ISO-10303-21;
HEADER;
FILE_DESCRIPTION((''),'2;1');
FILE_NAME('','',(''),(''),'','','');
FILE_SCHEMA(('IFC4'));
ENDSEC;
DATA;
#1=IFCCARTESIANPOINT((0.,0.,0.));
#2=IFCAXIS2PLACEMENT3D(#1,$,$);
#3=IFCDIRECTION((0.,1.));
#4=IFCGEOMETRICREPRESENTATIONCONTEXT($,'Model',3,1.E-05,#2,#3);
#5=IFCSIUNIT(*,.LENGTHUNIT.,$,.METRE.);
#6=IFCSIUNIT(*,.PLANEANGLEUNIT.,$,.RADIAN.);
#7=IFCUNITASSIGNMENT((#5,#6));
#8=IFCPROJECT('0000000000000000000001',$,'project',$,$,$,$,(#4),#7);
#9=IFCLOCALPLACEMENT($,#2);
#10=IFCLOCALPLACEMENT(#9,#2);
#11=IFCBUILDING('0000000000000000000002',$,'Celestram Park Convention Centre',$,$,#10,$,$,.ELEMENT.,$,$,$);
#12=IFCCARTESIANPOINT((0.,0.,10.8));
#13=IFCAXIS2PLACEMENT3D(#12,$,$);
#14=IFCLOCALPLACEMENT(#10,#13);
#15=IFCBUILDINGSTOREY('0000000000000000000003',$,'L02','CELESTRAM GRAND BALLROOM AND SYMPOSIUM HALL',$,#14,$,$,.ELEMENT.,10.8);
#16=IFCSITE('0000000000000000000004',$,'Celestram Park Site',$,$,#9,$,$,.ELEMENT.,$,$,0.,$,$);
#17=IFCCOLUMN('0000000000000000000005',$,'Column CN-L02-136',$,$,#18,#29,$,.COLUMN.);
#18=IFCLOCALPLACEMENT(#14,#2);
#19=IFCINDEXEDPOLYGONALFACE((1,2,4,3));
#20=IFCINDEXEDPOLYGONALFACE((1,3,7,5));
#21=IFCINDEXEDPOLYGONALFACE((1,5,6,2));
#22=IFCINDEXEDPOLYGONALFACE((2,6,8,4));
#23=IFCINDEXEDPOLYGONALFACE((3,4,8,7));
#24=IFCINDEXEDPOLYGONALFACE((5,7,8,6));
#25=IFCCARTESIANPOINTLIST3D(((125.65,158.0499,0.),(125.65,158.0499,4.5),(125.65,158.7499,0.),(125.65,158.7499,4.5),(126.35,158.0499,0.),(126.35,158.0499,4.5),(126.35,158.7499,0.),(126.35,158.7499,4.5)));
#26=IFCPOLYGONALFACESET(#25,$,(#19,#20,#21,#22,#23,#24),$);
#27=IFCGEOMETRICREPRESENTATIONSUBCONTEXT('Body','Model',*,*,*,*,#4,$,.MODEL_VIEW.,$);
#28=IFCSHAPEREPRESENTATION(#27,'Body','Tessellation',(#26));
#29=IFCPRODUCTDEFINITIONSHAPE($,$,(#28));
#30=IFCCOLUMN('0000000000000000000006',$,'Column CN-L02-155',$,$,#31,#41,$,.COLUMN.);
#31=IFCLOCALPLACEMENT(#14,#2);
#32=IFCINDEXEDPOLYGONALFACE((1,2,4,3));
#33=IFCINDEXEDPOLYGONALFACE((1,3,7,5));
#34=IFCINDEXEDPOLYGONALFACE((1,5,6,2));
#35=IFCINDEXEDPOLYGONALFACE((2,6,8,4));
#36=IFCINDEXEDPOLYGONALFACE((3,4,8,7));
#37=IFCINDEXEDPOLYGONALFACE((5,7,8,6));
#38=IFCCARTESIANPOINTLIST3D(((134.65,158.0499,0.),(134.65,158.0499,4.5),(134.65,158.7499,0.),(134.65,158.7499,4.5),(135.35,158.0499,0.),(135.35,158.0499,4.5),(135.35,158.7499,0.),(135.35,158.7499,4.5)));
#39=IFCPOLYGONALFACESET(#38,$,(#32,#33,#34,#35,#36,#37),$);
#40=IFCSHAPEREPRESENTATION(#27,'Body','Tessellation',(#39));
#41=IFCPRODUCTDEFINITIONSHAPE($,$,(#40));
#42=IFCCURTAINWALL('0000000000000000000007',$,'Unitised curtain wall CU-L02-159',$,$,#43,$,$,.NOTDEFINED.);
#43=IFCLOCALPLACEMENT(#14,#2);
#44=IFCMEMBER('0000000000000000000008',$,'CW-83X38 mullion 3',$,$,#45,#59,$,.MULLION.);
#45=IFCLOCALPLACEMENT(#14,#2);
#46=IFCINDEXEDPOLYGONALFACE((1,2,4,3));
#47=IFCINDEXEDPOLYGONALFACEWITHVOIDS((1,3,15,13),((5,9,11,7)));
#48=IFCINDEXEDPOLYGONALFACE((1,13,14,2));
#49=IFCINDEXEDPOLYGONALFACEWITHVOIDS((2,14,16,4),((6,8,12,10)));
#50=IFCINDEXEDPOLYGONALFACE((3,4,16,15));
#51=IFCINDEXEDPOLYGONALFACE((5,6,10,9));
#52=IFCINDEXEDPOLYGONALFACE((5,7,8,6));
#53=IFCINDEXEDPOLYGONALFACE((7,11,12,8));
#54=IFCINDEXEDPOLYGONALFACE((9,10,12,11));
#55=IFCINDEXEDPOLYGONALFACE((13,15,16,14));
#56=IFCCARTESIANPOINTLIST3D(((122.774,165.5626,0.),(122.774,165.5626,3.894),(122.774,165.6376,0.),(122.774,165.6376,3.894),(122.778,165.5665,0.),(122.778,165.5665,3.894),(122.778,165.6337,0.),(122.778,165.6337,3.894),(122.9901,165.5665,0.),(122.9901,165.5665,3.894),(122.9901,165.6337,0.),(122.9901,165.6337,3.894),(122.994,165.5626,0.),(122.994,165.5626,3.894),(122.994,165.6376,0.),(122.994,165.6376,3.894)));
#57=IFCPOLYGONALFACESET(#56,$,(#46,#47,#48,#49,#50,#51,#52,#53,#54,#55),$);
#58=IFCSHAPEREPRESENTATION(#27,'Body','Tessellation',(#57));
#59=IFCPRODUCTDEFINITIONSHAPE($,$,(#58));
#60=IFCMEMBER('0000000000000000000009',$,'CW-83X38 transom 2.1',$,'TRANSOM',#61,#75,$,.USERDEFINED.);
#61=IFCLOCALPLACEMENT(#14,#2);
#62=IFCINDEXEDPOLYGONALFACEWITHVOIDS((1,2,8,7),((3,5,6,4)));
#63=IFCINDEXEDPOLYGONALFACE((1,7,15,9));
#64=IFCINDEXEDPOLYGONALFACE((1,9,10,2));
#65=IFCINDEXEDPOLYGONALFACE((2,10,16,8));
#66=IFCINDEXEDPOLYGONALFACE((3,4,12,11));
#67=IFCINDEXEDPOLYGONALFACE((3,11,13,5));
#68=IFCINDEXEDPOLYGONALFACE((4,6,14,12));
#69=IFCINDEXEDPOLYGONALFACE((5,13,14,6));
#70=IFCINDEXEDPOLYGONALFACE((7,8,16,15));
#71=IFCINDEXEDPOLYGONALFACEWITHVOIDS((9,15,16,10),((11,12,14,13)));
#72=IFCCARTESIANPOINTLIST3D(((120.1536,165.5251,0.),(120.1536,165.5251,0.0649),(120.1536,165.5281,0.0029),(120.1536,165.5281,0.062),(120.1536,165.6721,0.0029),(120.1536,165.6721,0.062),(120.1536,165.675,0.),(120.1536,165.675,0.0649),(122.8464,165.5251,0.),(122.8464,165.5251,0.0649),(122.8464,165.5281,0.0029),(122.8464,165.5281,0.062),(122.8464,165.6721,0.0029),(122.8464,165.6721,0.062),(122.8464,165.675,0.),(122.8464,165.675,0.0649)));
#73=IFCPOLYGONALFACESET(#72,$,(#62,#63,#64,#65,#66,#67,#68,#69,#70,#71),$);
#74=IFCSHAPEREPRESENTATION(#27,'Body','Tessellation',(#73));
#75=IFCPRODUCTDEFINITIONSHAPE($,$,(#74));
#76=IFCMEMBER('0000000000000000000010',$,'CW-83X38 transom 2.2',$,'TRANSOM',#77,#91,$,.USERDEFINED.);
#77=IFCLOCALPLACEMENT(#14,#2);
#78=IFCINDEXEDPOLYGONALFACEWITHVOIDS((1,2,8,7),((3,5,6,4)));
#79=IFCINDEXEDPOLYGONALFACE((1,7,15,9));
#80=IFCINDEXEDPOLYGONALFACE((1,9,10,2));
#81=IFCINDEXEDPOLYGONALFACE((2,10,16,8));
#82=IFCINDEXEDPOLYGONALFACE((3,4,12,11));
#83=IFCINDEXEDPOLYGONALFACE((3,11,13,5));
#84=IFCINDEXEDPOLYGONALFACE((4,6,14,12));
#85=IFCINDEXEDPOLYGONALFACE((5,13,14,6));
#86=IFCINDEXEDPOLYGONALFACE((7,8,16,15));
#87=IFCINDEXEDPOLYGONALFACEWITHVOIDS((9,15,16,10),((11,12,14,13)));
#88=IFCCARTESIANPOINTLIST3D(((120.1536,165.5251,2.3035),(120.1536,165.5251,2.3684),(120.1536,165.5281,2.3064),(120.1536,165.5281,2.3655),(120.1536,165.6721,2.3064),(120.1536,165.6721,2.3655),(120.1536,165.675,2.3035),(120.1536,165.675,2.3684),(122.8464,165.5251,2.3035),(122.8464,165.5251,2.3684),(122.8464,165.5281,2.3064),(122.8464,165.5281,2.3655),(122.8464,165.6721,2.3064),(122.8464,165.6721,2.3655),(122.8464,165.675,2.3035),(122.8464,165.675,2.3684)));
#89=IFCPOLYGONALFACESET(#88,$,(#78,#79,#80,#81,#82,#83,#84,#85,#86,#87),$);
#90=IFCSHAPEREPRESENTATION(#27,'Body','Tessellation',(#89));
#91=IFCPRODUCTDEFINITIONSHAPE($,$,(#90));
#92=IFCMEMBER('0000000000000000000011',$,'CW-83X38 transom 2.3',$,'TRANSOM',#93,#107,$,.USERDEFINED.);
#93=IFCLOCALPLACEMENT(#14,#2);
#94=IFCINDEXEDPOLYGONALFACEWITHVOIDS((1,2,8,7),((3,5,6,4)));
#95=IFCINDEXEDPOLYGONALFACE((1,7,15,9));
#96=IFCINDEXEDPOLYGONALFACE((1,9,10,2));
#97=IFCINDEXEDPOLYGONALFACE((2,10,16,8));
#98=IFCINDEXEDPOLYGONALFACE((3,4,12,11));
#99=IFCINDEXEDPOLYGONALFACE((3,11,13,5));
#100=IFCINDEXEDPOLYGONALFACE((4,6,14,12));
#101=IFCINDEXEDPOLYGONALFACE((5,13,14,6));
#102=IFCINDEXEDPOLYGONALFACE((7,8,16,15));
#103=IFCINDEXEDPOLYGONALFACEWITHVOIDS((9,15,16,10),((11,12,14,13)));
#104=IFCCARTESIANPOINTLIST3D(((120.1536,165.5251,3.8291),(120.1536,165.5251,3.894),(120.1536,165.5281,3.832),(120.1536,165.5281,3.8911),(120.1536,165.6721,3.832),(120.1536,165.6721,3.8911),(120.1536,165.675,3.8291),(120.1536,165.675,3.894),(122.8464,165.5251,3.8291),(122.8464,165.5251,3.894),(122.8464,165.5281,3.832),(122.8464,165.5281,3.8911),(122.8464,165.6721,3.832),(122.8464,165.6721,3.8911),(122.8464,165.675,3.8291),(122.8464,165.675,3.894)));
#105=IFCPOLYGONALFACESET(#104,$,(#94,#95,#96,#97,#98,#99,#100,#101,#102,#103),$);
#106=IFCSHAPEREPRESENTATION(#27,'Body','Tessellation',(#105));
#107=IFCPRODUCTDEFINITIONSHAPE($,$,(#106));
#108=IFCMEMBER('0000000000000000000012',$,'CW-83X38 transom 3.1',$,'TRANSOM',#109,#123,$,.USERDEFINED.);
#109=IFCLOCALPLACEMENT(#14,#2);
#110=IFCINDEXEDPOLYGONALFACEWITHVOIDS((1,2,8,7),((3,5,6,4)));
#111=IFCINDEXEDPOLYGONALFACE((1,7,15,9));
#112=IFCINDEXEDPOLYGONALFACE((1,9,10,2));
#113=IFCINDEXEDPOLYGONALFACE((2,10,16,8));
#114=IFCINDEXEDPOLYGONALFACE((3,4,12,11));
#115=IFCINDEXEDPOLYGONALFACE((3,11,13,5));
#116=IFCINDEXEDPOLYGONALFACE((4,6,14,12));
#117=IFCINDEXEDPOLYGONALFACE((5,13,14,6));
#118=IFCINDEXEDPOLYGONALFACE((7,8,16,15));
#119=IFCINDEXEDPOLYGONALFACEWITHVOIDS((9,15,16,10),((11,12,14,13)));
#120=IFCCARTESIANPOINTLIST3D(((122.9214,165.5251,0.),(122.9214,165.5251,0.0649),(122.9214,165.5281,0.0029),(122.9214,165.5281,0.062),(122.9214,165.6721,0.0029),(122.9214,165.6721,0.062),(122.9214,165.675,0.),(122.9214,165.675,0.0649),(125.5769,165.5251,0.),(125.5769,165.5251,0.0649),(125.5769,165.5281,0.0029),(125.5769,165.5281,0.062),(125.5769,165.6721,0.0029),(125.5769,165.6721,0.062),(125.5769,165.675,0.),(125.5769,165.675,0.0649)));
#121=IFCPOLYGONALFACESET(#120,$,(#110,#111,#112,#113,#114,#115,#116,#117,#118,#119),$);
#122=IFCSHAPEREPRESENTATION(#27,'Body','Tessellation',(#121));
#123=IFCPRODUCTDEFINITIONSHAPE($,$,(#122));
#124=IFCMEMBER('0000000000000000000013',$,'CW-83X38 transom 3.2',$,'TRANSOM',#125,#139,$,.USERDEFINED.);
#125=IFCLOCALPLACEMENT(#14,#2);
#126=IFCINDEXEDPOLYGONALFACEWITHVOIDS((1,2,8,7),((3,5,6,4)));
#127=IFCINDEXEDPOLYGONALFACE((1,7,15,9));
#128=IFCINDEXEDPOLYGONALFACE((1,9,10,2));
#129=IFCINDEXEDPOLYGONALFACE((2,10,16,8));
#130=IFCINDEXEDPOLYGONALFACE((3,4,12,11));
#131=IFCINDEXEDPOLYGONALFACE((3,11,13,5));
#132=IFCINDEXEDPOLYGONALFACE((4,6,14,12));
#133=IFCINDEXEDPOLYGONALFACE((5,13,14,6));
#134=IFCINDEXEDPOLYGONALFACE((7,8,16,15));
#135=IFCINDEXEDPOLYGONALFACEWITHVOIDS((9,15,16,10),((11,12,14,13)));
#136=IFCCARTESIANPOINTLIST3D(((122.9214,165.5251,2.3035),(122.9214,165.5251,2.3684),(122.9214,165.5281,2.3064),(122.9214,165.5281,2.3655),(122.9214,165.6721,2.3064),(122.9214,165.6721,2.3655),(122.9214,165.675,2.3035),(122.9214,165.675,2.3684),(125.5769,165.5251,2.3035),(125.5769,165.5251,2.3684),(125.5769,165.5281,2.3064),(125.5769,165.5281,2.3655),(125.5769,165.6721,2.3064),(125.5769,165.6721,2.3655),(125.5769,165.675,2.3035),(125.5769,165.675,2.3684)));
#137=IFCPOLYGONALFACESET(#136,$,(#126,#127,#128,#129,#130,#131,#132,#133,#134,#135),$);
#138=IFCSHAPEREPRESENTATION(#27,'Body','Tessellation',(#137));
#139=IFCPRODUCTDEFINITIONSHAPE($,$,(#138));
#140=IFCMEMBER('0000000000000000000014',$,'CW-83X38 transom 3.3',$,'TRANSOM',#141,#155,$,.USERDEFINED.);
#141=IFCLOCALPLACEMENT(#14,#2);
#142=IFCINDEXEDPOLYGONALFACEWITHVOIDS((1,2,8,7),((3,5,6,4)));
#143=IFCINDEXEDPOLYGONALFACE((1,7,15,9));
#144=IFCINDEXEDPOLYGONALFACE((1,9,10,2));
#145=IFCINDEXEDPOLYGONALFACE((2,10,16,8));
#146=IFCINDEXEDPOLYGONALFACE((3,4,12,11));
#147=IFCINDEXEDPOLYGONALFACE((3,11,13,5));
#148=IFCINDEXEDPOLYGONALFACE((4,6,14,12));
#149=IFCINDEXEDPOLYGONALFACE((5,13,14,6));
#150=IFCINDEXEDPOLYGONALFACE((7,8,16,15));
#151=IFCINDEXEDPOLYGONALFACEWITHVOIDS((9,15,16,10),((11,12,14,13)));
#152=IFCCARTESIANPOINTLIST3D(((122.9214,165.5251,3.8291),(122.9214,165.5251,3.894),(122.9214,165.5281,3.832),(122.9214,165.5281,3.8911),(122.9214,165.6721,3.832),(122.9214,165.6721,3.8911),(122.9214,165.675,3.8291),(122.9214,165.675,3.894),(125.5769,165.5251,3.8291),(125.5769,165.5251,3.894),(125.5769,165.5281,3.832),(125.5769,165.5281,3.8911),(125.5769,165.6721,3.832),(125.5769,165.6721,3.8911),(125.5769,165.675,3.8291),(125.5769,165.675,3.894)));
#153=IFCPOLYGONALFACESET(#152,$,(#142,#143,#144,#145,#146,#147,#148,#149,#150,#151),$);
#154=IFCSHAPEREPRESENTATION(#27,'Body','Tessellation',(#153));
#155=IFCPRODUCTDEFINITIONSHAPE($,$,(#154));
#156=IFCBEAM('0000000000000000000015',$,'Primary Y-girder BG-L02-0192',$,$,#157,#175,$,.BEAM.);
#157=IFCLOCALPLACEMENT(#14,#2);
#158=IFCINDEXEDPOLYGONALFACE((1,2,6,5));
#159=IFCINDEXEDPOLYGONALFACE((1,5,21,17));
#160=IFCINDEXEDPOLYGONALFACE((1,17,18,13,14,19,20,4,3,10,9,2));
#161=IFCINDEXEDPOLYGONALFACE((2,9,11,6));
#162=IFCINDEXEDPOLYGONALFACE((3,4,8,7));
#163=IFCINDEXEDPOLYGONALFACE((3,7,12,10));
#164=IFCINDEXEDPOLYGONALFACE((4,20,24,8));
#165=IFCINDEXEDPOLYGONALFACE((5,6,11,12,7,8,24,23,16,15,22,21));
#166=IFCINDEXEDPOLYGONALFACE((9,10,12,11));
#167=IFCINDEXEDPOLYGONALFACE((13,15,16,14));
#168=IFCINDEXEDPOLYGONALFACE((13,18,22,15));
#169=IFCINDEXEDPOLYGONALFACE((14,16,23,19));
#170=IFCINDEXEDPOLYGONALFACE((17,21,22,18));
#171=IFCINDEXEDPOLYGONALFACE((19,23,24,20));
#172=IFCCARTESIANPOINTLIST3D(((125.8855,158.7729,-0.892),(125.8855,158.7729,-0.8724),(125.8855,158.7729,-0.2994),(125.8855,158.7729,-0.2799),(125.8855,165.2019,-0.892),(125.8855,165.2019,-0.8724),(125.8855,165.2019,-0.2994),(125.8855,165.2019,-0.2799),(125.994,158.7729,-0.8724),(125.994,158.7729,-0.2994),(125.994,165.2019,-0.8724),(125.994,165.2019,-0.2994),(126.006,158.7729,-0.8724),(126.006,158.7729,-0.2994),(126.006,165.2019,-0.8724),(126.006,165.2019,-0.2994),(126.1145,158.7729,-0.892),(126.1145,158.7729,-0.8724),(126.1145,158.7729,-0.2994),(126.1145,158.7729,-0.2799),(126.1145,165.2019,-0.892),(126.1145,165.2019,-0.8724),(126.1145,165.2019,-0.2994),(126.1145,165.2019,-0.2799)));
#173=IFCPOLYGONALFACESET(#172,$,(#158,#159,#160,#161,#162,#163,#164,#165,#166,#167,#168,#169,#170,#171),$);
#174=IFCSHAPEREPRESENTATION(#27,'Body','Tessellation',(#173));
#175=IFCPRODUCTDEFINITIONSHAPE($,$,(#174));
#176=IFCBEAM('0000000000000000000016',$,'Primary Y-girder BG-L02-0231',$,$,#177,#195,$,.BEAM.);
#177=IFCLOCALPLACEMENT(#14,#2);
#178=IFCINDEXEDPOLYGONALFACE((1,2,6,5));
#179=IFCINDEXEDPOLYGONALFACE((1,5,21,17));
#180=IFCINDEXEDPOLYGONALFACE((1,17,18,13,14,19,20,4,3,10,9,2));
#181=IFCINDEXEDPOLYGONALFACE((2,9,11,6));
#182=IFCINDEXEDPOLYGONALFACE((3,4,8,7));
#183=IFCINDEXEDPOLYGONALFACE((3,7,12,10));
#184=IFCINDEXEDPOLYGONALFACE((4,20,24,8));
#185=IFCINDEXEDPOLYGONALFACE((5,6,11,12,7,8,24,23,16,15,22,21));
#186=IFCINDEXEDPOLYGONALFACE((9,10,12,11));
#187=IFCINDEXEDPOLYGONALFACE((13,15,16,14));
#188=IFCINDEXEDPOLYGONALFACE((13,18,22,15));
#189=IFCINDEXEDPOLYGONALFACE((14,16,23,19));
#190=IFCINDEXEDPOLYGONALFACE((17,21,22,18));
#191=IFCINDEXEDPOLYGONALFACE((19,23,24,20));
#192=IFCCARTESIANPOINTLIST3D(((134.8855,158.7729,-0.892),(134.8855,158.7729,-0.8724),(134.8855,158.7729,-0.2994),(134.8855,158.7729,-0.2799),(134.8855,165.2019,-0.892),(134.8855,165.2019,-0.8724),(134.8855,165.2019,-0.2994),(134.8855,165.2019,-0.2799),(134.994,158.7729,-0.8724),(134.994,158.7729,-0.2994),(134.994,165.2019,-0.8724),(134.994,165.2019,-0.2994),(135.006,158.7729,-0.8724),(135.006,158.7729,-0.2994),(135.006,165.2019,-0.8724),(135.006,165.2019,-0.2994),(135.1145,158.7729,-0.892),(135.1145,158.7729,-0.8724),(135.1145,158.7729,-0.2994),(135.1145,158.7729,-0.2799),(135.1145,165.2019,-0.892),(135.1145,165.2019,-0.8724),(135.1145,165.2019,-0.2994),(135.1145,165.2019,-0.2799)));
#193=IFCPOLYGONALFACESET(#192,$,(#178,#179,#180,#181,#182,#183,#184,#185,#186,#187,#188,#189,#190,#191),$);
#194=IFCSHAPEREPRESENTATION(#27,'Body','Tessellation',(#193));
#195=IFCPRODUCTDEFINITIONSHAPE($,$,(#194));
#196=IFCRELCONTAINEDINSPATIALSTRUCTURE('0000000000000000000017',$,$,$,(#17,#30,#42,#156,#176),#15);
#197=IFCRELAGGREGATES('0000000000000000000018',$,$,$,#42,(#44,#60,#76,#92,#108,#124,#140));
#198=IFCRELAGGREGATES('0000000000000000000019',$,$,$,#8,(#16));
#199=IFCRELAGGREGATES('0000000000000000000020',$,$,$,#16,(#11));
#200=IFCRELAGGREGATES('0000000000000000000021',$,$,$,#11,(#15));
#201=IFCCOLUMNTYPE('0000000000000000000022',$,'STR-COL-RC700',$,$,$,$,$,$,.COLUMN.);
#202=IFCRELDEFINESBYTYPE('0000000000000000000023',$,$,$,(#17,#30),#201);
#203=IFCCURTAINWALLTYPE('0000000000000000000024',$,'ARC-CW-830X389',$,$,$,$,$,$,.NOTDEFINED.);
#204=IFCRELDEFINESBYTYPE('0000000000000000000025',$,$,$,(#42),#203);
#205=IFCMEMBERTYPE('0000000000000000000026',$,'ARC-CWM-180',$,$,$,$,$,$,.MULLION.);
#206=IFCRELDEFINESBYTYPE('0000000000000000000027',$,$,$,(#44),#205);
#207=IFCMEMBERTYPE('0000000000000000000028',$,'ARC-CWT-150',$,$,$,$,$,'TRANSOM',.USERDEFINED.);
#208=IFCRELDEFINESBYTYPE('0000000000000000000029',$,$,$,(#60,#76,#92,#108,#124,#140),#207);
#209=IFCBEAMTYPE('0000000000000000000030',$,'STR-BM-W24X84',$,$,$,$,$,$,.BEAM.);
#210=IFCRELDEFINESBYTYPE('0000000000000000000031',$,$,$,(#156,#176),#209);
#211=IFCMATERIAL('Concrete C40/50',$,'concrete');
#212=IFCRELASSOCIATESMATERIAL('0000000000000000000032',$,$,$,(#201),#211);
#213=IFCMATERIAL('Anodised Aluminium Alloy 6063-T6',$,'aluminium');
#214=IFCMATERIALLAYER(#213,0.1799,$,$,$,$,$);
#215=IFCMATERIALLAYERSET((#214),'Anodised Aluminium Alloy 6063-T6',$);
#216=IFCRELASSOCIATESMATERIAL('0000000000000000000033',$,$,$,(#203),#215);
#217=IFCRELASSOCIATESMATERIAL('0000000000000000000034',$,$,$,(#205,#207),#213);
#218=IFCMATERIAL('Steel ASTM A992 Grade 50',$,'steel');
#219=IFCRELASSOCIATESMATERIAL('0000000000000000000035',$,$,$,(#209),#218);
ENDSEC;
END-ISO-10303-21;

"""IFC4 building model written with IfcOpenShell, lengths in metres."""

from ifc_helpers import new_model, si_unit, direction, frame, origin, origin_2d, place, context, subcontext, project, spatial, rectangle, hollow_rectangle, i_section, extrude, material, layer, layer_set, material_profile, profile_set, type_object, element, aggregate, save


model = new_model("IFC4")

# Units and contexts
model_context = context("Model", 3, precision=1e-05, world=origin(), true_north=direction((0.0, 1.0)))
body_context = subcontext(model_context, "Body", "Model", "MODEL_VIEW")
ifc_project = project(units=[si_unit("LENGTHUNIT", "METRE"), si_unit("PLANEANGLEUNIT", "RADIAN")], contexts=[model_context])

# Site, building, storey
site_placement = place(None, origin())
site = spatial("IfcSite", under=ifc_project, at=site_placement, Name="Celestram Park Site", CompositionType="ELEMENT", RefElevation=0.0)
building_placement = place(site_placement, origin())
building = spatial("IfcBuilding", under=site, at=building_placement, Name="Celestram Park Convention Centre", CompositionType="ELEMENT")
storey_placement = place(building_placement, frame((0.0, 0.0, 10.8)))
storey = spatial("IfcBuildingStorey", under=building, at=storey_placement, Name="L02", Description="CELESTRAM GRAND BALLROOM AND SYMPOSIUM HALL", CompositionType="ELEMENT", Elevation=10.8)

# Columns
ifc_material_1 = material(Name="Concrete C40/50", Category="concrete")
ifc_material_profile_1 = material_profile(ifc_material_1, rectangle(XDim=0.7, YDim=0.7, at=origin_2d()), Name="RC700X700")
ifc_profile_set_1 = profile_set([ifc_material_profile_1], Name="Concrete C40/50")
column_type = type_object("IfcColumnType", Name="STR-COL-RC700", PredefinedType="COLUMN", material=ifc_profile_set_1)
for number, where, z_axis, x_axis, name in (
    (1, (126.0, 158.3999, 0.0), (0.0, 0.0, 1.0), (1.0, 0.0, 0.0), "Column CN-L02-136"),
    (2, (135.0, 158.3999, 0.0), (0.0, 0.0, 1.0), (1.0, 0.0, 0.0), "Column CN-L02-155"),
):
    element("IfcColumn", number, at=place(storey_placement, frame(where, z_axis=z_axis, x_axis=x_axis)), inside=storey, type_object=column_type, Name=name, PredefinedType="COLUMN", context=body_context, shape_type="SweptSolid", body=[
        extrude(rectangle(XDim=0.7, YDim=0.7, at=origin_2d()), origin(), (0.0, 0.0, 1.0), 4.5),
    ])

# Curtain wall, members
ifc_material_2 = material(Name="Anodised Aluminium Alloy 6063-T6", Category="aluminium")
ifc_layer_1 = layer(ifc_material_2, 0.1799)
ifc_layer_set_1 = layer_set([ifc_layer_1], Name="Anodised Aluminium Alloy 6063-T6")
curtain_wall_type = type_object("IfcCurtainWallType", Name="ARC-CW-830X389", PredefinedType="NOTDEFINED", material=ifc_layer_set_1)
curtain_wall_placement = place(storey_placement, origin())
curtain_wall = element("IfcCurtainWall", 3, at=curtain_wall_placement, inside=storey, type_object=curtain_wall_type, Name="Unitised curtain wall CU-L02-159", PredefinedType="NOTDEFINED")
ifc_material_profile_2 = material_profile(ifc_material_2, hollow_rectangle(XDim=0.075, YDim=0.22, WallThickness=0.0039, at=origin_2d()), Name="ALU75X220X4")
ifc_profile_set_2 = profile_set([ifc_material_profile_2], Name="Anodised Aluminium Alloy 6063-T6")
member_type_1 = type_object("IfcMemberType", Name="ARC-CWM-180", PredefinedType="MULLION", material=ifc_profile_set_2)
member_1_placement = place(storey_placement, frame((122.884, 165.6001, 0.0), z_axis=(0.0, 0.0, 1.0), x_axis=(0.0, 1.0, 0.0)))
member_1 = element("IfcMember", 4, at=member_1_placement, type_object=member_type_1, Name="CW-83X38 mullion 3", PredefinedType="MULLION", context=body_context, shape_type="SweptSolid", body=[
    extrude(hollow_rectangle(XDim=0.075, YDim=0.22, WallThickness=0.0039, at=origin_2d()), origin(), (0.0, 0.0, 1.0), 3.894),
])
ifc_material_profile_3 = material_profile(ifc_material_2, hollow_rectangle(XDim=0.1499, YDim=0.0649, WallThickness=0.0029, at=origin_2d()), Name="ALU150X65X3")
ifc_profile_set_3 = profile_set([ifc_material_profile_3], Name="Anodised Aluminium Alloy 6063-T6")
member_type_2 = type_object("IfcMemberType", Name="ARC-CWT-150", ElementType="TRANSOM", PredefinedType="USERDEFINED", material=ifc_profile_set_3)
member_2_placement = place(storey_placement, frame((120.1536, 165.6001, 0.0325), z_axis=(1.0, 0.0, 0.0), x_axis=(0.0, 1.0, 0.0)))
member_2 = element("IfcMember", 5, at=member_2_placement, type_object=member_type_2, Name="CW-83X38 transom 2.1", ObjectType="TRANSOM", PredefinedType="USERDEFINED", context=body_context, shape_type="SweptSolid", body=[
    extrude(hollow_rectangle(XDim=0.1499, YDim=0.0649, WallThickness=0.0029, at=origin_2d()), origin(), (0.0, 0.0, 1.0), 2.6929),
])
member_3_placement = place(storey_placement, frame((120.1536, 165.6001, 2.3359), z_axis=(1.0, 0.0, 0.0), x_axis=(0.0, 1.0, 0.0)))
member_3 = element("IfcMember", 6, at=member_3_placement, type_object=member_type_2, Name="CW-83X38 transom 2.2", ObjectType="TRANSOM", PredefinedType="USERDEFINED", context=body_context, shape_type="SweptSolid", body=[
    extrude(hollow_rectangle(XDim=0.1499, YDim=0.0649, WallThickness=0.0029, at=origin_2d()), origin(), (0.0, 0.0, 1.0), 2.6929),
])
member_4_placement = place(storey_placement, frame((120.1536, 165.6001, 3.8616), z_axis=(1.0, 0.0, 0.0), x_axis=(0.0, 1.0, 0.0)))
member_4 = element("IfcMember", 7, at=member_4_placement, type_object=member_type_2, Name="CW-83X38 transom 2.3", ObjectType="TRANSOM", PredefinedType="USERDEFINED", context=body_context, shape_type="SweptSolid", body=[
    extrude(hollow_rectangle(XDim=0.1499, YDim=0.0649, WallThickness=0.0029, at=origin_2d()), origin(), (0.0, 0.0, 1.0), 2.6929),
])
member_5_placement = place(storey_placement, frame((122.9214, 165.6001, 0.0325), z_axis=(1.0, 0.0, 0.0), x_axis=(0.0, 1.0, 0.0)))
member_5 = element("IfcMember", 8, at=member_5_placement, type_object=member_type_2, Name="CW-83X38 transom 3.1", ObjectType="TRANSOM", PredefinedType="USERDEFINED", context=body_context, shape_type="SweptSolid", body=[
    extrude(hollow_rectangle(XDim=0.1499, YDim=0.0649, WallThickness=0.0029, at=origin_2d()), origin(), (0.0, 0.0, 1.0), 2.6555),
])
member_6_placement = place(storey_placement, frame((122.9214, 165.6001, 2.3359), z_axis=(1.0, 0.0, 0.0), x_axis=(0.0, 1.0, 0.0)))
member_6 = element("IfcMember", 9, at=member_6_placement, type_object=member_type_2, Name="CW-83X38 transom 3.2", ObjectType="TRANSOM", PredefinedType="USERDEFINED", context=body_context, shape_type="SweptSolid", body=[
    extrude(hollow_rectangle(XDim=0.1499, YDim=0.0649, WallThickness=0.0029, at=origin_2d()), origin(), (0.0, 0.0, 1.0), 2.6555),
])
member_7_placement = place(storey_placement, frame((122.9214, 165.6001, 3.8616), z_axis=(1.0, 0.0, 0.0), x_axis=(0.0, 1.0, 0.0)))
member_7 = element("IfcMember", 10, at=member_7_placement, type_object=member_type_2, Name="CW-83X38 transom 3.3", ObjectType="TRANSOM", PredefinedType="USERDEFINED", context=body_context, shape_type="SweptSolid", body=[
    extrude(hollow_rectangle(XDim=0.1499, YDim=0.0649, WallThickness=0.0029, at=origin_2d()), origin(), (0.0, 0.0, 1.0), 2.6555),
])

# Beams
ifc_material_3 = material(Name="Steel ASTM A992 Grade 50", Category="steel")
ifc_material_profile_4 = material_profile(ifc_material_3, i_section(OverallWidth=0.229, OverallDepth=0.6121, WebThickness=0.012, FlangeThickness=0.0195, at=origin_2d()), Name="W24X84")
ifc_profile_set_4 = profile_set([ifc_material_profile_4], Name="Steel ASTM A992 Grade 50")
beam_type = type_object("IfcBeamType", Name="STR-BM-W24X84", PredefinedType="BEAM", material=ifc_profile_set_4)
for number, where, z_axis, x_axis, name in (
    (11, (126.0, 158.7729, -0.5859), (0.0, 1.0, 0.0), (-1.0, 0.0, 0.0), "Primary Y-girder BG-L02-0192"),
    (12, (135.0, 158.7729, -0.5859), (0.0, 1.0, 0.0), (-1.0, 0.0, 0.0), "Primary Y-girder BG-L02-0231"),
):
    element("IfcBeam", number, at=place(storey_placement, frame(where, z_axis=z_axis, x_axis=x_axis)), inside=storey, type_object=beam_type, Name=name, PredefinedType="BEAM", context=body_context, shape_type="SweptSolid", body=[
        extrude(i_section(OverallWidth=0.229, OverallDepth=0.6121, WebThickness=0.012, FlangeThickness=0.0195, at=origin_2d()), origin(), (0.0, 0.0, 1.0), 6.429),
    ])

aggregate(curtain_wall, [member_1, member_2, member_3, member_4, member_5, member_6, member_7])

save(model, "model.ifc")
